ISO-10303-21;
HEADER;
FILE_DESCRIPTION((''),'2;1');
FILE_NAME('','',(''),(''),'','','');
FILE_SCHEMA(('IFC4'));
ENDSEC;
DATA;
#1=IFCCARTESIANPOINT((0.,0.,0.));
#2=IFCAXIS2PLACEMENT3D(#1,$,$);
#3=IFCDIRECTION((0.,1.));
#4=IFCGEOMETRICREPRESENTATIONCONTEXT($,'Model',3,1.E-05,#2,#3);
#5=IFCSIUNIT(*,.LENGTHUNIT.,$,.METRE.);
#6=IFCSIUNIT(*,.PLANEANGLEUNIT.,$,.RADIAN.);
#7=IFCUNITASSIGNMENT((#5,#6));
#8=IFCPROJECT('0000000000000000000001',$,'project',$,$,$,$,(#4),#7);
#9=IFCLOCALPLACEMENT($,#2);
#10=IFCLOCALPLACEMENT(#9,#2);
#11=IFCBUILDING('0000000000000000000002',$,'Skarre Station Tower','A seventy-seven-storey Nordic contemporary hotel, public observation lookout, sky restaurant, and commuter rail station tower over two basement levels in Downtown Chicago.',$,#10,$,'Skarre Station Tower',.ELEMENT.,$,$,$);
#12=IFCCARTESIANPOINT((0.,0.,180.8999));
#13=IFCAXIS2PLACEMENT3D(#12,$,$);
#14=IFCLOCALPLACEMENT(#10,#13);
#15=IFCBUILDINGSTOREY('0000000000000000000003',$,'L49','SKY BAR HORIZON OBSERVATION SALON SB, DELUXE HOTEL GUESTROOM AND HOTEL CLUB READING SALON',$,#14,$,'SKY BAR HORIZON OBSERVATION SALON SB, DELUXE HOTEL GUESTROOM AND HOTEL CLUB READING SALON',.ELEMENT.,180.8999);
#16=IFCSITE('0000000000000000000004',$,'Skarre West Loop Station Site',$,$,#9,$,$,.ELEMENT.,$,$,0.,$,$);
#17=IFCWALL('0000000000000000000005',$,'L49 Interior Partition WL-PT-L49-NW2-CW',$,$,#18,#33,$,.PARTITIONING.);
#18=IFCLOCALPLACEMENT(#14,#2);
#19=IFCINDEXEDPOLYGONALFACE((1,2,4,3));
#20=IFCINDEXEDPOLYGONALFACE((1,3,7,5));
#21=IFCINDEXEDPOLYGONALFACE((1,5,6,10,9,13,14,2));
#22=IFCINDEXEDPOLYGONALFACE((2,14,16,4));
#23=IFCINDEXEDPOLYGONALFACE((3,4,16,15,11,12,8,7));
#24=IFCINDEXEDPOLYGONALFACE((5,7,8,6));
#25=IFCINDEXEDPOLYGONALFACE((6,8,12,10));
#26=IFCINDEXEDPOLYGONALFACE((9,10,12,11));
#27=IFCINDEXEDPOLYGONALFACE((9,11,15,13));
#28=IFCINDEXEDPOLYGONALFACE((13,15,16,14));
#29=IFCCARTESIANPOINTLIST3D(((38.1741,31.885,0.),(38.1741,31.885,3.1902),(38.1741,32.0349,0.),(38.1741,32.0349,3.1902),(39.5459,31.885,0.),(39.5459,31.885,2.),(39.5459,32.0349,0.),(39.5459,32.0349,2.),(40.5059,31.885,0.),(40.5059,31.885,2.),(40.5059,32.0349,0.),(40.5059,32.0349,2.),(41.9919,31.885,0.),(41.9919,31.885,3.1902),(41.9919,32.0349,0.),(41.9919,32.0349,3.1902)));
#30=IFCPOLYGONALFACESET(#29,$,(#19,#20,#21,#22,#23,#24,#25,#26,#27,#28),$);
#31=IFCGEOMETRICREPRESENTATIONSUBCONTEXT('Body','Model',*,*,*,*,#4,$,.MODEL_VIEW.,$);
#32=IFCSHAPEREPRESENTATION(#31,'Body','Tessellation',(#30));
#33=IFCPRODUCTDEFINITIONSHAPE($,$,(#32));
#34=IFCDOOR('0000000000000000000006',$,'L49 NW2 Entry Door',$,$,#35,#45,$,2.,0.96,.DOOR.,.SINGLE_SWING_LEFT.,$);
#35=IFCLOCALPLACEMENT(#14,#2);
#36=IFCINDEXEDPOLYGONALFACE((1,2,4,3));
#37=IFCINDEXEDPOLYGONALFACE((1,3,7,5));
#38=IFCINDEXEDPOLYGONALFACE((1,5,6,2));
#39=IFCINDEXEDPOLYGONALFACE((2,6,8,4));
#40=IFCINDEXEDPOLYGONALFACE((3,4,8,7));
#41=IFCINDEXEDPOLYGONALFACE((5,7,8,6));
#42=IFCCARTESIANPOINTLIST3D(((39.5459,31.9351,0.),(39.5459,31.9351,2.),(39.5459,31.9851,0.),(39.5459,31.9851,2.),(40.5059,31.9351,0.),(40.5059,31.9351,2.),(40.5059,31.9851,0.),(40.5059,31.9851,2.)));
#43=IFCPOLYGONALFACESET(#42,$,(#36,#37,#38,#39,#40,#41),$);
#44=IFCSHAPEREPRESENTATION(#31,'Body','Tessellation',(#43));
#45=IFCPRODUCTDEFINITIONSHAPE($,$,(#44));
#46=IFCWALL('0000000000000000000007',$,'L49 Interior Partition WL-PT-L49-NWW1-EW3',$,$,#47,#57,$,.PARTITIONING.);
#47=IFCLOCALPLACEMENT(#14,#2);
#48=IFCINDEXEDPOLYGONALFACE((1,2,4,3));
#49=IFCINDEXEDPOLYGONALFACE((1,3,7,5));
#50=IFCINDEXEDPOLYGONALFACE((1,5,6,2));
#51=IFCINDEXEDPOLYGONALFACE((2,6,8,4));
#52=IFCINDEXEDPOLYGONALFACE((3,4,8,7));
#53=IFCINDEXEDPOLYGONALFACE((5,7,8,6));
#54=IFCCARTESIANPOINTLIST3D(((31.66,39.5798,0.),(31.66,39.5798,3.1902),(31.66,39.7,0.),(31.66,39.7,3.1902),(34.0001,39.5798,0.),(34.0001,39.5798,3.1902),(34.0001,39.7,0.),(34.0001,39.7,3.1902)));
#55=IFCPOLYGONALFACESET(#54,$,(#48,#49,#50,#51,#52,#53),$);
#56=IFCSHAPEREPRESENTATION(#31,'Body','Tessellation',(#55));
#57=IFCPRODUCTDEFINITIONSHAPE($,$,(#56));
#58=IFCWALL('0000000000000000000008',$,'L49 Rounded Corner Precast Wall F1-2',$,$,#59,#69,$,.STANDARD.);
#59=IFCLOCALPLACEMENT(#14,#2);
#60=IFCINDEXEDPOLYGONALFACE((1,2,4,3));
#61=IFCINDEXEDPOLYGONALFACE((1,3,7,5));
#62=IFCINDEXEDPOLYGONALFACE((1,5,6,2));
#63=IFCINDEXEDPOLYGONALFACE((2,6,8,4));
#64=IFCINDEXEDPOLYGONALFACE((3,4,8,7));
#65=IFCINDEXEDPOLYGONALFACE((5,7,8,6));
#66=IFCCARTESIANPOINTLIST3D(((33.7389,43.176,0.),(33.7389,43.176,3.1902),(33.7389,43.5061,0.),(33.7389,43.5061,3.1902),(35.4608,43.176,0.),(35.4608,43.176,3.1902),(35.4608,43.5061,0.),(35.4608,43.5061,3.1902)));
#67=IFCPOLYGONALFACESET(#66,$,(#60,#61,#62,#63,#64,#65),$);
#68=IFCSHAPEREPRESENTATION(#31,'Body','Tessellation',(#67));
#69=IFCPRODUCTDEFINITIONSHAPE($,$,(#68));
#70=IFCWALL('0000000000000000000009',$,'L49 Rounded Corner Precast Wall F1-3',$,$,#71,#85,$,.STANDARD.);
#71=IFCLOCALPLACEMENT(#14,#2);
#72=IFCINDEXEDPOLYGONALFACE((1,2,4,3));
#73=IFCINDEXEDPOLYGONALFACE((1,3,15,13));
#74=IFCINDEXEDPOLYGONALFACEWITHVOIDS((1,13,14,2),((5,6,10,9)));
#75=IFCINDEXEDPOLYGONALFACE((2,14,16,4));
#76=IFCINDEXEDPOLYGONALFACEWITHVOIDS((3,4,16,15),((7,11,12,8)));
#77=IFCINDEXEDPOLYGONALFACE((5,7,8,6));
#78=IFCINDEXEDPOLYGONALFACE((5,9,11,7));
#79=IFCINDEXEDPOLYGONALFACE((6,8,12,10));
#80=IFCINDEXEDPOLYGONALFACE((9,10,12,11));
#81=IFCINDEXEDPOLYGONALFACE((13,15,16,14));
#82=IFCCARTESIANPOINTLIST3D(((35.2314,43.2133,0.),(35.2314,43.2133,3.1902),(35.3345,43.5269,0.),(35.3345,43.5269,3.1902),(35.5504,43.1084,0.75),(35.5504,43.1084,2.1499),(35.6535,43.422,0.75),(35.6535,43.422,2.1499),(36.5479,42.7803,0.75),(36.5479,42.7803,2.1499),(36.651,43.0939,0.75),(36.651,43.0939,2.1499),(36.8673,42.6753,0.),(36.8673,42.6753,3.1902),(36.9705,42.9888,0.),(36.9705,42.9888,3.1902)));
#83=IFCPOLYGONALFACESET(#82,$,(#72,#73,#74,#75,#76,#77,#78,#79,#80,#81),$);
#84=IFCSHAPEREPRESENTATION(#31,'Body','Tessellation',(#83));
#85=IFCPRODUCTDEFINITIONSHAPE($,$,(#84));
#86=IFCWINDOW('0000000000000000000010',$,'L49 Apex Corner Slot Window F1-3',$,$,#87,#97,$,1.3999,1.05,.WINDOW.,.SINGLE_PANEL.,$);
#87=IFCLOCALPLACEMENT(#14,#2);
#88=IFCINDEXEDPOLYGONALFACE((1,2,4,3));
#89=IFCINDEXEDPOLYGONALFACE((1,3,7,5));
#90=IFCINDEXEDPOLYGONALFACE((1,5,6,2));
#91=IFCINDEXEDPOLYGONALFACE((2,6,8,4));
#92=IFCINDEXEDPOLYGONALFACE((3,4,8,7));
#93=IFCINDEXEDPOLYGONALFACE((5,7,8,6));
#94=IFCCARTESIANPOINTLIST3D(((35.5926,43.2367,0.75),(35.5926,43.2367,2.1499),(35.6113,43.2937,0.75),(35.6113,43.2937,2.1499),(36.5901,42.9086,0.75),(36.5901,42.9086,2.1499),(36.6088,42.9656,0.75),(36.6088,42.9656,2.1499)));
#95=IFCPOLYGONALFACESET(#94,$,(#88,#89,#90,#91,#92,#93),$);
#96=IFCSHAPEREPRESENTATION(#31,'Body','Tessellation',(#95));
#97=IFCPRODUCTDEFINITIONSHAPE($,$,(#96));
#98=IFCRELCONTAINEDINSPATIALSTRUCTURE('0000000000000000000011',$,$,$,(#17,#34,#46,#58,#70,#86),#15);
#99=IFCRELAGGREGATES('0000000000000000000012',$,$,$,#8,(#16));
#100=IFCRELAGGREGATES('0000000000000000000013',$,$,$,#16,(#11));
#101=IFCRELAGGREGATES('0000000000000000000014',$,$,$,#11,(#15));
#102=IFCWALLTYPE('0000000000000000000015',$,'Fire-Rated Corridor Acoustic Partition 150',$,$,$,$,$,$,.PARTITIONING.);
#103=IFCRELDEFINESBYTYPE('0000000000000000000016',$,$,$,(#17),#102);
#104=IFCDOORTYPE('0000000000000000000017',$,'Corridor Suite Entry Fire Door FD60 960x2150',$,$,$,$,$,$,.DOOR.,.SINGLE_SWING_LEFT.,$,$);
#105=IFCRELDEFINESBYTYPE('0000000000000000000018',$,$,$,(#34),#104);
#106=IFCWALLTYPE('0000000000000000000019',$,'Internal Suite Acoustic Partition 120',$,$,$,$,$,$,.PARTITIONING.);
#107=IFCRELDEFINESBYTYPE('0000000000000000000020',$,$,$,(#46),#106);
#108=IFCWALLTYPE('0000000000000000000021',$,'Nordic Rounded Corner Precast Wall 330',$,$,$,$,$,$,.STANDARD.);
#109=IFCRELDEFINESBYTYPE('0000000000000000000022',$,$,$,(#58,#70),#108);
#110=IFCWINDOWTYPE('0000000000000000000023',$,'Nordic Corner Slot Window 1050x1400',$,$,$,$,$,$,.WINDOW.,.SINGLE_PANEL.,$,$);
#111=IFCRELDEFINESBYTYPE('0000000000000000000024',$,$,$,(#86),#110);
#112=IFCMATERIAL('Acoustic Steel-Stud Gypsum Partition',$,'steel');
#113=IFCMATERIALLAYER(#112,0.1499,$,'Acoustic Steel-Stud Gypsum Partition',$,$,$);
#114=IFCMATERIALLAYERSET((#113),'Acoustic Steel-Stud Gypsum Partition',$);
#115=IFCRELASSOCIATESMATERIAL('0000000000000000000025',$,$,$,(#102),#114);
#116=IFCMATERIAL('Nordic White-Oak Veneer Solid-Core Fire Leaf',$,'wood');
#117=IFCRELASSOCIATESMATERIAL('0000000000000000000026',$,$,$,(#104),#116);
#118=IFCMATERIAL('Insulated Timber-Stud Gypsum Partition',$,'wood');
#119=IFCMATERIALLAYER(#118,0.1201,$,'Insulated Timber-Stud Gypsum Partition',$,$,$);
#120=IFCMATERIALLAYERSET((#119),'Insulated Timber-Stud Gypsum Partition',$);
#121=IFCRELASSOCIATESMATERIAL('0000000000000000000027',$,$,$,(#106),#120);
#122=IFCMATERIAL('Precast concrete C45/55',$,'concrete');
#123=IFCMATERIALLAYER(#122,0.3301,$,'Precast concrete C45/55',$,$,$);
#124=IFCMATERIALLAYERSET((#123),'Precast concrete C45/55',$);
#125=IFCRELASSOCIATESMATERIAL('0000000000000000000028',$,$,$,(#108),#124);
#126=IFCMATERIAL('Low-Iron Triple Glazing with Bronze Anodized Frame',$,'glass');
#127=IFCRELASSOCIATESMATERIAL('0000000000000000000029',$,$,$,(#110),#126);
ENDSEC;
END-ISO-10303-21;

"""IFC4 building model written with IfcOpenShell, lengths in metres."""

from ifc_helpers import new_model, si_unit, direction, frame, frame_2d, origin, place, context, subcontext, project, spatial, rectangle, extrude, material, layer, layer_set, type_object, element, fill, save


model = new_model("IFC4")

# Units and contexts
model_context = context("Model", 3, precision=1e-05, world=origin(), true_north=direction((0.0, 1.0)))
body_context = subcontext(model_context, "Body", "Model", "MODEL_VIEW")
ifc_project = project(units=[si_unit("LENGTHUNIT", "METRE"), si_unit("PLANEANGLEUNIT", "RADIAN")], contexts=[model_context])

# Site, building, storey
site_placement = place(None, origin())
site = spatial("IfcSite", under=ifc_project, at=site_placement, Name="Skarre West Loop Station Site", CompositionType="ELEMENT", RefElevation=0.0)
building_placement = place(site_placement, origin())
building = spatial("IfcBuilding", under=site, at=building_placement, Name="Skarre Station Tower", Description="A seventy-seven-storey Nordic contemporary hotel, public observation lookout, sky restaurant, and commuter rail station tower over two basement levels in Downtown Chicago.", LongName="Skarre Station Tower", CompositionType="ELEMENT")
storey_placement = place(building_placement, frame((0.0, 0.0, 180.8999)))
storey = spatial("IfcBuildingStorey", under=building, at=storey_placement, Name="L49", Description="SKY BAR HORIZON OBSERVATION SALON SB, DELUXE HOTEL GUESTROOM AND HOTEL CLUB READING SALON", LongName="SKY BAR HORIZON OBSERVATION SALON SB, DELUXE HOTEL GUESTROOM AND HOTEL CLUB READING SALON", CompositionType="ELEMENT", Elevation=180.8999)

# Wall, opening, door
ifc_material_1 = material(Name="Acoustic Steel-Stud Gypsum Partition", Category="steel")
ifc_layer_1 = layer(ifc_material_1, 0.1499, Name="Acoustic Steel-Stud Gypsum Partition")
ifc_layer_set_1 = layer_set([ifc_layer_1], Name="Acoustic Steel-Stud Gypsum Partition")
wall_type_1 = type_object("IfcWallType", Name="Fire-Rated Corridor Acoustic Partition 150", PredefinedType="PARTITIONING", material=ifc_layer_set_1)
ifc_material_2 = material(Name="Nordic White-Oak Veneer Solid-Core Fire Leaf", Category="wood")
door_type = type_object("IfcDoorType", Name="Corridor Suite Entry Fire Door FD60 960x2150", OperationType="SINGLE_SWING_LEFT", PredefinedType="DOOR", material=ifc_material_2)
wall_1_placement = place(storey_placement, frame((41.9919, 31.96, 0.0), z_axis=(0.0, 0.0, 1.0), x_axis=(-1.0, 0.0, 0.0)))
wall_1 = element("IfcWall", 1, at=wall_1_placement, inside=storey, type_object=wall_type_1, Name="L49 Interior Partition WL-PT-L49-NW2-CW", PredefinedType="PARTITIONING", context=body_context, shape_type="SweptSolid", body=[
    extrude(rectangle(XDim=3.8179, YDim=0.1499, at=frame_2d((1.9089, 0.0))), origin(), (0.0, 0.0, 1.0), 3.1902),
])
opening_1_placement = place(wall_1_placement, frame((1.4861, 0.0, 0.0)))
opening_1 = element("IfcOpeningElement", 2, at=opening_1_placement, cuts=wall_1, PredefinedType="OPENING", context=body_context, shape_type="SweptSolid", body=[
    extrude(rectangle(XDim=0.96, YDim=2.0, at=frame_2d((0.48, 1.0))), frame((0.0, 0.085, 0.0), z_axis=(0.0, -1.0, 0.0), x_axis=(1.0, 0.0, 0.0)), (0.0, 0.0, 1.0), 0.1699),
])
door_1_placement = place(opening_1_placement, origin())
door_1 = element("IfcDoor", 3, at=door_1_placement, inside=storey, type_object=door_type, Name="L49 NW2 Entry Door", OperationType="SINGLE_SWING_LEFT", OverallHeight=2.0, OverallWidth=0.96, PredefinedType="DOOR", context=body_context, shape_type="SweptSolid", body=[
    extrude(rectangle(XDim=0.96, YDim=2.0, at=frame_2d((0.48, 1.0))), frame((0.0, 0.0249, 0.0), z_axis=(0.0, -1.0, 0.0), x_axis=(1.0, 0.0, 0.0)), (0.0, 0.0, 1.0), 0.05),
])
fill(opening_1, door_1)

# Walls
ifc_material_3 = material(Name="Insulated Timber-Stud Gypsum Partition", Category="wood")
ifc_layer_2 = layer(ifc_material_3, 0.1201, Name="Insulated Timber-Stud Gypsum Partition")
ifc_layer_set_2 = layer_set([ifc_layer_2], Name="Insulated Timber-Stud Gypsum Partition")
wall_type_2 = type_object("IfcWallType", Name="Internal Suite Acoustic Partition 120", PredefinedType="PARTITIONING", material=ifc_layer_set_2)
wall_2_placement = place(storey_placement, frame((34.0, 39.6399, 0.0), z_axis=(0.0, 0.0, 1.0), x_axis=(-1.0, 0.0, 0.0)))
element("IfcWall", 4, at=wall_2_placement, inside=storey, type_object=wall_type_2, Name="L49 Interior Partition WL-PT-L49-NWW1-EW3", PredefinedType="PARTITIONING", context=body_context, shape_type="SweptSolid", body=[
    extrude(rectangle(XDim=2.3401, YDim=0.1201, at=frame_2d((1.1699, 0.0))), origin(), (0.0, 0.0, 1.0), 3.1902),
])
ifc_material_4 = material(Name="Precast concrete C45/55", Category="concrete")
ifc_layer_3 = layer(ifc_material_4, 0.3301, Name="Precast concrete C45/55")
ifc_layer_set_3 = layer_set([ifc_layer_3], Name="Precast concrete C45/55")
wall_type_3 = type_object("IfcWallType", Name="Nordic Rounded Corner Precast Wall 330", PredefinedType="STANDARD", material=ifc_layer_set_3)
wall_3_placement = place(storey_placement, frame((33.739, 43.3411, 0.0), z_axis=(0.0, 0.0, 1.0), x_axis=(1.0, 0.0, 0.0)))
element("IfcWall", 5, at=wall_3_placement, inside=storey, type_object=wall_type_3, Name="L49 Rounded Corner Precast Wall F1-2", PredefinedType="STANDARD", context=body_context, shape_type="SweptSolid", body=[
    extrude(rectangle(XDim=1.7219, YDim=0.3301, at=frame_2d((0.8608, 0.0))), origin(), (0.0, 0.0, 1.0), 3.1902),
])

# Wall, opening, window
wall_4_placement = place(storey_placement, frame((35.283, 43.3701, 0.0), z_axis=(0.0, 0.0, 1.0), x_axis=(0.949937, -0.31244, 0.0)))
wall_4 = element("IfcWall", 6, at=wall_4_placement, inside=storey, type_object=wall_type_3, Name="L49 Rounded Corner Precast Wall F1-3", PredefinedType="STANDARD", context=body_context, shape_type="SweptSolid", body=[
    extrude(rectangle(XDim=1.7222, YDim=0.3301, at=frame_2d((0.8611, 0.0))), origin(), (0.0, 0.0, 1.0), 3.1902),
])
opening_2_placement = place(wall_4_placement, frame((0.3359, 0.0, 0.75)))
opening_2 = element("IfcOpeningElement", 7, at=opening_2_placement, cuts=wall_4, PredefinedType="OPENING", context=body_context, shape_type="SweptSolid", body=[
    extrude(rectangle(XDim=1.05, YDim=1.3999, at=frame_2d((0.5249, 0.7))), frame((0.0, 0.175, 0.0), z_axis=(0.0, -1.0, 0.0), x_axis=(1.0, 0.0, 0.0)), (0.0, 0.0, 1.0), 0.3501),
])
ifc_material_5 = material(Name="Low-Iron Triple Glazing with Bronze Anodized Frame", Category="glass")
window_type_1 = type_object("IfcWindowType", Name="Nordic Corner Slot Window 1050x1400", PartitioningType="SINGLE_PANEL", PredefinedType="WINDOW", material=ifc_material_5)
window_1_placement = place(opening_2_placement, origin())
window_1 = element("IfcWindow", 8, at=window_1_placement, inside=storey, type_object=window_type_1, Name="L49 Apex Corner Slot Window F1-3", OverallHeight=1.3999, OverallWidth=1.05, PartitioningType="SINGLE_PANEL", PredefinedType="WINDOW", context=body_context, shape_type="SweptSolid", body=[
    extrude(rectangle(XDim=1.05, YDim=1.3999, at=frame_2d((0.5249, 0.7))), frame((0.0, 0.03, 0.0), z_axis=(0.0, -1.0, 0.0), x_axis=(1.0, 0.0, 0.0)), (0.0, 0.0, 1.0), 0.0601),
])
fill(opening_2, window_1)

save(model, "model.ifc")
